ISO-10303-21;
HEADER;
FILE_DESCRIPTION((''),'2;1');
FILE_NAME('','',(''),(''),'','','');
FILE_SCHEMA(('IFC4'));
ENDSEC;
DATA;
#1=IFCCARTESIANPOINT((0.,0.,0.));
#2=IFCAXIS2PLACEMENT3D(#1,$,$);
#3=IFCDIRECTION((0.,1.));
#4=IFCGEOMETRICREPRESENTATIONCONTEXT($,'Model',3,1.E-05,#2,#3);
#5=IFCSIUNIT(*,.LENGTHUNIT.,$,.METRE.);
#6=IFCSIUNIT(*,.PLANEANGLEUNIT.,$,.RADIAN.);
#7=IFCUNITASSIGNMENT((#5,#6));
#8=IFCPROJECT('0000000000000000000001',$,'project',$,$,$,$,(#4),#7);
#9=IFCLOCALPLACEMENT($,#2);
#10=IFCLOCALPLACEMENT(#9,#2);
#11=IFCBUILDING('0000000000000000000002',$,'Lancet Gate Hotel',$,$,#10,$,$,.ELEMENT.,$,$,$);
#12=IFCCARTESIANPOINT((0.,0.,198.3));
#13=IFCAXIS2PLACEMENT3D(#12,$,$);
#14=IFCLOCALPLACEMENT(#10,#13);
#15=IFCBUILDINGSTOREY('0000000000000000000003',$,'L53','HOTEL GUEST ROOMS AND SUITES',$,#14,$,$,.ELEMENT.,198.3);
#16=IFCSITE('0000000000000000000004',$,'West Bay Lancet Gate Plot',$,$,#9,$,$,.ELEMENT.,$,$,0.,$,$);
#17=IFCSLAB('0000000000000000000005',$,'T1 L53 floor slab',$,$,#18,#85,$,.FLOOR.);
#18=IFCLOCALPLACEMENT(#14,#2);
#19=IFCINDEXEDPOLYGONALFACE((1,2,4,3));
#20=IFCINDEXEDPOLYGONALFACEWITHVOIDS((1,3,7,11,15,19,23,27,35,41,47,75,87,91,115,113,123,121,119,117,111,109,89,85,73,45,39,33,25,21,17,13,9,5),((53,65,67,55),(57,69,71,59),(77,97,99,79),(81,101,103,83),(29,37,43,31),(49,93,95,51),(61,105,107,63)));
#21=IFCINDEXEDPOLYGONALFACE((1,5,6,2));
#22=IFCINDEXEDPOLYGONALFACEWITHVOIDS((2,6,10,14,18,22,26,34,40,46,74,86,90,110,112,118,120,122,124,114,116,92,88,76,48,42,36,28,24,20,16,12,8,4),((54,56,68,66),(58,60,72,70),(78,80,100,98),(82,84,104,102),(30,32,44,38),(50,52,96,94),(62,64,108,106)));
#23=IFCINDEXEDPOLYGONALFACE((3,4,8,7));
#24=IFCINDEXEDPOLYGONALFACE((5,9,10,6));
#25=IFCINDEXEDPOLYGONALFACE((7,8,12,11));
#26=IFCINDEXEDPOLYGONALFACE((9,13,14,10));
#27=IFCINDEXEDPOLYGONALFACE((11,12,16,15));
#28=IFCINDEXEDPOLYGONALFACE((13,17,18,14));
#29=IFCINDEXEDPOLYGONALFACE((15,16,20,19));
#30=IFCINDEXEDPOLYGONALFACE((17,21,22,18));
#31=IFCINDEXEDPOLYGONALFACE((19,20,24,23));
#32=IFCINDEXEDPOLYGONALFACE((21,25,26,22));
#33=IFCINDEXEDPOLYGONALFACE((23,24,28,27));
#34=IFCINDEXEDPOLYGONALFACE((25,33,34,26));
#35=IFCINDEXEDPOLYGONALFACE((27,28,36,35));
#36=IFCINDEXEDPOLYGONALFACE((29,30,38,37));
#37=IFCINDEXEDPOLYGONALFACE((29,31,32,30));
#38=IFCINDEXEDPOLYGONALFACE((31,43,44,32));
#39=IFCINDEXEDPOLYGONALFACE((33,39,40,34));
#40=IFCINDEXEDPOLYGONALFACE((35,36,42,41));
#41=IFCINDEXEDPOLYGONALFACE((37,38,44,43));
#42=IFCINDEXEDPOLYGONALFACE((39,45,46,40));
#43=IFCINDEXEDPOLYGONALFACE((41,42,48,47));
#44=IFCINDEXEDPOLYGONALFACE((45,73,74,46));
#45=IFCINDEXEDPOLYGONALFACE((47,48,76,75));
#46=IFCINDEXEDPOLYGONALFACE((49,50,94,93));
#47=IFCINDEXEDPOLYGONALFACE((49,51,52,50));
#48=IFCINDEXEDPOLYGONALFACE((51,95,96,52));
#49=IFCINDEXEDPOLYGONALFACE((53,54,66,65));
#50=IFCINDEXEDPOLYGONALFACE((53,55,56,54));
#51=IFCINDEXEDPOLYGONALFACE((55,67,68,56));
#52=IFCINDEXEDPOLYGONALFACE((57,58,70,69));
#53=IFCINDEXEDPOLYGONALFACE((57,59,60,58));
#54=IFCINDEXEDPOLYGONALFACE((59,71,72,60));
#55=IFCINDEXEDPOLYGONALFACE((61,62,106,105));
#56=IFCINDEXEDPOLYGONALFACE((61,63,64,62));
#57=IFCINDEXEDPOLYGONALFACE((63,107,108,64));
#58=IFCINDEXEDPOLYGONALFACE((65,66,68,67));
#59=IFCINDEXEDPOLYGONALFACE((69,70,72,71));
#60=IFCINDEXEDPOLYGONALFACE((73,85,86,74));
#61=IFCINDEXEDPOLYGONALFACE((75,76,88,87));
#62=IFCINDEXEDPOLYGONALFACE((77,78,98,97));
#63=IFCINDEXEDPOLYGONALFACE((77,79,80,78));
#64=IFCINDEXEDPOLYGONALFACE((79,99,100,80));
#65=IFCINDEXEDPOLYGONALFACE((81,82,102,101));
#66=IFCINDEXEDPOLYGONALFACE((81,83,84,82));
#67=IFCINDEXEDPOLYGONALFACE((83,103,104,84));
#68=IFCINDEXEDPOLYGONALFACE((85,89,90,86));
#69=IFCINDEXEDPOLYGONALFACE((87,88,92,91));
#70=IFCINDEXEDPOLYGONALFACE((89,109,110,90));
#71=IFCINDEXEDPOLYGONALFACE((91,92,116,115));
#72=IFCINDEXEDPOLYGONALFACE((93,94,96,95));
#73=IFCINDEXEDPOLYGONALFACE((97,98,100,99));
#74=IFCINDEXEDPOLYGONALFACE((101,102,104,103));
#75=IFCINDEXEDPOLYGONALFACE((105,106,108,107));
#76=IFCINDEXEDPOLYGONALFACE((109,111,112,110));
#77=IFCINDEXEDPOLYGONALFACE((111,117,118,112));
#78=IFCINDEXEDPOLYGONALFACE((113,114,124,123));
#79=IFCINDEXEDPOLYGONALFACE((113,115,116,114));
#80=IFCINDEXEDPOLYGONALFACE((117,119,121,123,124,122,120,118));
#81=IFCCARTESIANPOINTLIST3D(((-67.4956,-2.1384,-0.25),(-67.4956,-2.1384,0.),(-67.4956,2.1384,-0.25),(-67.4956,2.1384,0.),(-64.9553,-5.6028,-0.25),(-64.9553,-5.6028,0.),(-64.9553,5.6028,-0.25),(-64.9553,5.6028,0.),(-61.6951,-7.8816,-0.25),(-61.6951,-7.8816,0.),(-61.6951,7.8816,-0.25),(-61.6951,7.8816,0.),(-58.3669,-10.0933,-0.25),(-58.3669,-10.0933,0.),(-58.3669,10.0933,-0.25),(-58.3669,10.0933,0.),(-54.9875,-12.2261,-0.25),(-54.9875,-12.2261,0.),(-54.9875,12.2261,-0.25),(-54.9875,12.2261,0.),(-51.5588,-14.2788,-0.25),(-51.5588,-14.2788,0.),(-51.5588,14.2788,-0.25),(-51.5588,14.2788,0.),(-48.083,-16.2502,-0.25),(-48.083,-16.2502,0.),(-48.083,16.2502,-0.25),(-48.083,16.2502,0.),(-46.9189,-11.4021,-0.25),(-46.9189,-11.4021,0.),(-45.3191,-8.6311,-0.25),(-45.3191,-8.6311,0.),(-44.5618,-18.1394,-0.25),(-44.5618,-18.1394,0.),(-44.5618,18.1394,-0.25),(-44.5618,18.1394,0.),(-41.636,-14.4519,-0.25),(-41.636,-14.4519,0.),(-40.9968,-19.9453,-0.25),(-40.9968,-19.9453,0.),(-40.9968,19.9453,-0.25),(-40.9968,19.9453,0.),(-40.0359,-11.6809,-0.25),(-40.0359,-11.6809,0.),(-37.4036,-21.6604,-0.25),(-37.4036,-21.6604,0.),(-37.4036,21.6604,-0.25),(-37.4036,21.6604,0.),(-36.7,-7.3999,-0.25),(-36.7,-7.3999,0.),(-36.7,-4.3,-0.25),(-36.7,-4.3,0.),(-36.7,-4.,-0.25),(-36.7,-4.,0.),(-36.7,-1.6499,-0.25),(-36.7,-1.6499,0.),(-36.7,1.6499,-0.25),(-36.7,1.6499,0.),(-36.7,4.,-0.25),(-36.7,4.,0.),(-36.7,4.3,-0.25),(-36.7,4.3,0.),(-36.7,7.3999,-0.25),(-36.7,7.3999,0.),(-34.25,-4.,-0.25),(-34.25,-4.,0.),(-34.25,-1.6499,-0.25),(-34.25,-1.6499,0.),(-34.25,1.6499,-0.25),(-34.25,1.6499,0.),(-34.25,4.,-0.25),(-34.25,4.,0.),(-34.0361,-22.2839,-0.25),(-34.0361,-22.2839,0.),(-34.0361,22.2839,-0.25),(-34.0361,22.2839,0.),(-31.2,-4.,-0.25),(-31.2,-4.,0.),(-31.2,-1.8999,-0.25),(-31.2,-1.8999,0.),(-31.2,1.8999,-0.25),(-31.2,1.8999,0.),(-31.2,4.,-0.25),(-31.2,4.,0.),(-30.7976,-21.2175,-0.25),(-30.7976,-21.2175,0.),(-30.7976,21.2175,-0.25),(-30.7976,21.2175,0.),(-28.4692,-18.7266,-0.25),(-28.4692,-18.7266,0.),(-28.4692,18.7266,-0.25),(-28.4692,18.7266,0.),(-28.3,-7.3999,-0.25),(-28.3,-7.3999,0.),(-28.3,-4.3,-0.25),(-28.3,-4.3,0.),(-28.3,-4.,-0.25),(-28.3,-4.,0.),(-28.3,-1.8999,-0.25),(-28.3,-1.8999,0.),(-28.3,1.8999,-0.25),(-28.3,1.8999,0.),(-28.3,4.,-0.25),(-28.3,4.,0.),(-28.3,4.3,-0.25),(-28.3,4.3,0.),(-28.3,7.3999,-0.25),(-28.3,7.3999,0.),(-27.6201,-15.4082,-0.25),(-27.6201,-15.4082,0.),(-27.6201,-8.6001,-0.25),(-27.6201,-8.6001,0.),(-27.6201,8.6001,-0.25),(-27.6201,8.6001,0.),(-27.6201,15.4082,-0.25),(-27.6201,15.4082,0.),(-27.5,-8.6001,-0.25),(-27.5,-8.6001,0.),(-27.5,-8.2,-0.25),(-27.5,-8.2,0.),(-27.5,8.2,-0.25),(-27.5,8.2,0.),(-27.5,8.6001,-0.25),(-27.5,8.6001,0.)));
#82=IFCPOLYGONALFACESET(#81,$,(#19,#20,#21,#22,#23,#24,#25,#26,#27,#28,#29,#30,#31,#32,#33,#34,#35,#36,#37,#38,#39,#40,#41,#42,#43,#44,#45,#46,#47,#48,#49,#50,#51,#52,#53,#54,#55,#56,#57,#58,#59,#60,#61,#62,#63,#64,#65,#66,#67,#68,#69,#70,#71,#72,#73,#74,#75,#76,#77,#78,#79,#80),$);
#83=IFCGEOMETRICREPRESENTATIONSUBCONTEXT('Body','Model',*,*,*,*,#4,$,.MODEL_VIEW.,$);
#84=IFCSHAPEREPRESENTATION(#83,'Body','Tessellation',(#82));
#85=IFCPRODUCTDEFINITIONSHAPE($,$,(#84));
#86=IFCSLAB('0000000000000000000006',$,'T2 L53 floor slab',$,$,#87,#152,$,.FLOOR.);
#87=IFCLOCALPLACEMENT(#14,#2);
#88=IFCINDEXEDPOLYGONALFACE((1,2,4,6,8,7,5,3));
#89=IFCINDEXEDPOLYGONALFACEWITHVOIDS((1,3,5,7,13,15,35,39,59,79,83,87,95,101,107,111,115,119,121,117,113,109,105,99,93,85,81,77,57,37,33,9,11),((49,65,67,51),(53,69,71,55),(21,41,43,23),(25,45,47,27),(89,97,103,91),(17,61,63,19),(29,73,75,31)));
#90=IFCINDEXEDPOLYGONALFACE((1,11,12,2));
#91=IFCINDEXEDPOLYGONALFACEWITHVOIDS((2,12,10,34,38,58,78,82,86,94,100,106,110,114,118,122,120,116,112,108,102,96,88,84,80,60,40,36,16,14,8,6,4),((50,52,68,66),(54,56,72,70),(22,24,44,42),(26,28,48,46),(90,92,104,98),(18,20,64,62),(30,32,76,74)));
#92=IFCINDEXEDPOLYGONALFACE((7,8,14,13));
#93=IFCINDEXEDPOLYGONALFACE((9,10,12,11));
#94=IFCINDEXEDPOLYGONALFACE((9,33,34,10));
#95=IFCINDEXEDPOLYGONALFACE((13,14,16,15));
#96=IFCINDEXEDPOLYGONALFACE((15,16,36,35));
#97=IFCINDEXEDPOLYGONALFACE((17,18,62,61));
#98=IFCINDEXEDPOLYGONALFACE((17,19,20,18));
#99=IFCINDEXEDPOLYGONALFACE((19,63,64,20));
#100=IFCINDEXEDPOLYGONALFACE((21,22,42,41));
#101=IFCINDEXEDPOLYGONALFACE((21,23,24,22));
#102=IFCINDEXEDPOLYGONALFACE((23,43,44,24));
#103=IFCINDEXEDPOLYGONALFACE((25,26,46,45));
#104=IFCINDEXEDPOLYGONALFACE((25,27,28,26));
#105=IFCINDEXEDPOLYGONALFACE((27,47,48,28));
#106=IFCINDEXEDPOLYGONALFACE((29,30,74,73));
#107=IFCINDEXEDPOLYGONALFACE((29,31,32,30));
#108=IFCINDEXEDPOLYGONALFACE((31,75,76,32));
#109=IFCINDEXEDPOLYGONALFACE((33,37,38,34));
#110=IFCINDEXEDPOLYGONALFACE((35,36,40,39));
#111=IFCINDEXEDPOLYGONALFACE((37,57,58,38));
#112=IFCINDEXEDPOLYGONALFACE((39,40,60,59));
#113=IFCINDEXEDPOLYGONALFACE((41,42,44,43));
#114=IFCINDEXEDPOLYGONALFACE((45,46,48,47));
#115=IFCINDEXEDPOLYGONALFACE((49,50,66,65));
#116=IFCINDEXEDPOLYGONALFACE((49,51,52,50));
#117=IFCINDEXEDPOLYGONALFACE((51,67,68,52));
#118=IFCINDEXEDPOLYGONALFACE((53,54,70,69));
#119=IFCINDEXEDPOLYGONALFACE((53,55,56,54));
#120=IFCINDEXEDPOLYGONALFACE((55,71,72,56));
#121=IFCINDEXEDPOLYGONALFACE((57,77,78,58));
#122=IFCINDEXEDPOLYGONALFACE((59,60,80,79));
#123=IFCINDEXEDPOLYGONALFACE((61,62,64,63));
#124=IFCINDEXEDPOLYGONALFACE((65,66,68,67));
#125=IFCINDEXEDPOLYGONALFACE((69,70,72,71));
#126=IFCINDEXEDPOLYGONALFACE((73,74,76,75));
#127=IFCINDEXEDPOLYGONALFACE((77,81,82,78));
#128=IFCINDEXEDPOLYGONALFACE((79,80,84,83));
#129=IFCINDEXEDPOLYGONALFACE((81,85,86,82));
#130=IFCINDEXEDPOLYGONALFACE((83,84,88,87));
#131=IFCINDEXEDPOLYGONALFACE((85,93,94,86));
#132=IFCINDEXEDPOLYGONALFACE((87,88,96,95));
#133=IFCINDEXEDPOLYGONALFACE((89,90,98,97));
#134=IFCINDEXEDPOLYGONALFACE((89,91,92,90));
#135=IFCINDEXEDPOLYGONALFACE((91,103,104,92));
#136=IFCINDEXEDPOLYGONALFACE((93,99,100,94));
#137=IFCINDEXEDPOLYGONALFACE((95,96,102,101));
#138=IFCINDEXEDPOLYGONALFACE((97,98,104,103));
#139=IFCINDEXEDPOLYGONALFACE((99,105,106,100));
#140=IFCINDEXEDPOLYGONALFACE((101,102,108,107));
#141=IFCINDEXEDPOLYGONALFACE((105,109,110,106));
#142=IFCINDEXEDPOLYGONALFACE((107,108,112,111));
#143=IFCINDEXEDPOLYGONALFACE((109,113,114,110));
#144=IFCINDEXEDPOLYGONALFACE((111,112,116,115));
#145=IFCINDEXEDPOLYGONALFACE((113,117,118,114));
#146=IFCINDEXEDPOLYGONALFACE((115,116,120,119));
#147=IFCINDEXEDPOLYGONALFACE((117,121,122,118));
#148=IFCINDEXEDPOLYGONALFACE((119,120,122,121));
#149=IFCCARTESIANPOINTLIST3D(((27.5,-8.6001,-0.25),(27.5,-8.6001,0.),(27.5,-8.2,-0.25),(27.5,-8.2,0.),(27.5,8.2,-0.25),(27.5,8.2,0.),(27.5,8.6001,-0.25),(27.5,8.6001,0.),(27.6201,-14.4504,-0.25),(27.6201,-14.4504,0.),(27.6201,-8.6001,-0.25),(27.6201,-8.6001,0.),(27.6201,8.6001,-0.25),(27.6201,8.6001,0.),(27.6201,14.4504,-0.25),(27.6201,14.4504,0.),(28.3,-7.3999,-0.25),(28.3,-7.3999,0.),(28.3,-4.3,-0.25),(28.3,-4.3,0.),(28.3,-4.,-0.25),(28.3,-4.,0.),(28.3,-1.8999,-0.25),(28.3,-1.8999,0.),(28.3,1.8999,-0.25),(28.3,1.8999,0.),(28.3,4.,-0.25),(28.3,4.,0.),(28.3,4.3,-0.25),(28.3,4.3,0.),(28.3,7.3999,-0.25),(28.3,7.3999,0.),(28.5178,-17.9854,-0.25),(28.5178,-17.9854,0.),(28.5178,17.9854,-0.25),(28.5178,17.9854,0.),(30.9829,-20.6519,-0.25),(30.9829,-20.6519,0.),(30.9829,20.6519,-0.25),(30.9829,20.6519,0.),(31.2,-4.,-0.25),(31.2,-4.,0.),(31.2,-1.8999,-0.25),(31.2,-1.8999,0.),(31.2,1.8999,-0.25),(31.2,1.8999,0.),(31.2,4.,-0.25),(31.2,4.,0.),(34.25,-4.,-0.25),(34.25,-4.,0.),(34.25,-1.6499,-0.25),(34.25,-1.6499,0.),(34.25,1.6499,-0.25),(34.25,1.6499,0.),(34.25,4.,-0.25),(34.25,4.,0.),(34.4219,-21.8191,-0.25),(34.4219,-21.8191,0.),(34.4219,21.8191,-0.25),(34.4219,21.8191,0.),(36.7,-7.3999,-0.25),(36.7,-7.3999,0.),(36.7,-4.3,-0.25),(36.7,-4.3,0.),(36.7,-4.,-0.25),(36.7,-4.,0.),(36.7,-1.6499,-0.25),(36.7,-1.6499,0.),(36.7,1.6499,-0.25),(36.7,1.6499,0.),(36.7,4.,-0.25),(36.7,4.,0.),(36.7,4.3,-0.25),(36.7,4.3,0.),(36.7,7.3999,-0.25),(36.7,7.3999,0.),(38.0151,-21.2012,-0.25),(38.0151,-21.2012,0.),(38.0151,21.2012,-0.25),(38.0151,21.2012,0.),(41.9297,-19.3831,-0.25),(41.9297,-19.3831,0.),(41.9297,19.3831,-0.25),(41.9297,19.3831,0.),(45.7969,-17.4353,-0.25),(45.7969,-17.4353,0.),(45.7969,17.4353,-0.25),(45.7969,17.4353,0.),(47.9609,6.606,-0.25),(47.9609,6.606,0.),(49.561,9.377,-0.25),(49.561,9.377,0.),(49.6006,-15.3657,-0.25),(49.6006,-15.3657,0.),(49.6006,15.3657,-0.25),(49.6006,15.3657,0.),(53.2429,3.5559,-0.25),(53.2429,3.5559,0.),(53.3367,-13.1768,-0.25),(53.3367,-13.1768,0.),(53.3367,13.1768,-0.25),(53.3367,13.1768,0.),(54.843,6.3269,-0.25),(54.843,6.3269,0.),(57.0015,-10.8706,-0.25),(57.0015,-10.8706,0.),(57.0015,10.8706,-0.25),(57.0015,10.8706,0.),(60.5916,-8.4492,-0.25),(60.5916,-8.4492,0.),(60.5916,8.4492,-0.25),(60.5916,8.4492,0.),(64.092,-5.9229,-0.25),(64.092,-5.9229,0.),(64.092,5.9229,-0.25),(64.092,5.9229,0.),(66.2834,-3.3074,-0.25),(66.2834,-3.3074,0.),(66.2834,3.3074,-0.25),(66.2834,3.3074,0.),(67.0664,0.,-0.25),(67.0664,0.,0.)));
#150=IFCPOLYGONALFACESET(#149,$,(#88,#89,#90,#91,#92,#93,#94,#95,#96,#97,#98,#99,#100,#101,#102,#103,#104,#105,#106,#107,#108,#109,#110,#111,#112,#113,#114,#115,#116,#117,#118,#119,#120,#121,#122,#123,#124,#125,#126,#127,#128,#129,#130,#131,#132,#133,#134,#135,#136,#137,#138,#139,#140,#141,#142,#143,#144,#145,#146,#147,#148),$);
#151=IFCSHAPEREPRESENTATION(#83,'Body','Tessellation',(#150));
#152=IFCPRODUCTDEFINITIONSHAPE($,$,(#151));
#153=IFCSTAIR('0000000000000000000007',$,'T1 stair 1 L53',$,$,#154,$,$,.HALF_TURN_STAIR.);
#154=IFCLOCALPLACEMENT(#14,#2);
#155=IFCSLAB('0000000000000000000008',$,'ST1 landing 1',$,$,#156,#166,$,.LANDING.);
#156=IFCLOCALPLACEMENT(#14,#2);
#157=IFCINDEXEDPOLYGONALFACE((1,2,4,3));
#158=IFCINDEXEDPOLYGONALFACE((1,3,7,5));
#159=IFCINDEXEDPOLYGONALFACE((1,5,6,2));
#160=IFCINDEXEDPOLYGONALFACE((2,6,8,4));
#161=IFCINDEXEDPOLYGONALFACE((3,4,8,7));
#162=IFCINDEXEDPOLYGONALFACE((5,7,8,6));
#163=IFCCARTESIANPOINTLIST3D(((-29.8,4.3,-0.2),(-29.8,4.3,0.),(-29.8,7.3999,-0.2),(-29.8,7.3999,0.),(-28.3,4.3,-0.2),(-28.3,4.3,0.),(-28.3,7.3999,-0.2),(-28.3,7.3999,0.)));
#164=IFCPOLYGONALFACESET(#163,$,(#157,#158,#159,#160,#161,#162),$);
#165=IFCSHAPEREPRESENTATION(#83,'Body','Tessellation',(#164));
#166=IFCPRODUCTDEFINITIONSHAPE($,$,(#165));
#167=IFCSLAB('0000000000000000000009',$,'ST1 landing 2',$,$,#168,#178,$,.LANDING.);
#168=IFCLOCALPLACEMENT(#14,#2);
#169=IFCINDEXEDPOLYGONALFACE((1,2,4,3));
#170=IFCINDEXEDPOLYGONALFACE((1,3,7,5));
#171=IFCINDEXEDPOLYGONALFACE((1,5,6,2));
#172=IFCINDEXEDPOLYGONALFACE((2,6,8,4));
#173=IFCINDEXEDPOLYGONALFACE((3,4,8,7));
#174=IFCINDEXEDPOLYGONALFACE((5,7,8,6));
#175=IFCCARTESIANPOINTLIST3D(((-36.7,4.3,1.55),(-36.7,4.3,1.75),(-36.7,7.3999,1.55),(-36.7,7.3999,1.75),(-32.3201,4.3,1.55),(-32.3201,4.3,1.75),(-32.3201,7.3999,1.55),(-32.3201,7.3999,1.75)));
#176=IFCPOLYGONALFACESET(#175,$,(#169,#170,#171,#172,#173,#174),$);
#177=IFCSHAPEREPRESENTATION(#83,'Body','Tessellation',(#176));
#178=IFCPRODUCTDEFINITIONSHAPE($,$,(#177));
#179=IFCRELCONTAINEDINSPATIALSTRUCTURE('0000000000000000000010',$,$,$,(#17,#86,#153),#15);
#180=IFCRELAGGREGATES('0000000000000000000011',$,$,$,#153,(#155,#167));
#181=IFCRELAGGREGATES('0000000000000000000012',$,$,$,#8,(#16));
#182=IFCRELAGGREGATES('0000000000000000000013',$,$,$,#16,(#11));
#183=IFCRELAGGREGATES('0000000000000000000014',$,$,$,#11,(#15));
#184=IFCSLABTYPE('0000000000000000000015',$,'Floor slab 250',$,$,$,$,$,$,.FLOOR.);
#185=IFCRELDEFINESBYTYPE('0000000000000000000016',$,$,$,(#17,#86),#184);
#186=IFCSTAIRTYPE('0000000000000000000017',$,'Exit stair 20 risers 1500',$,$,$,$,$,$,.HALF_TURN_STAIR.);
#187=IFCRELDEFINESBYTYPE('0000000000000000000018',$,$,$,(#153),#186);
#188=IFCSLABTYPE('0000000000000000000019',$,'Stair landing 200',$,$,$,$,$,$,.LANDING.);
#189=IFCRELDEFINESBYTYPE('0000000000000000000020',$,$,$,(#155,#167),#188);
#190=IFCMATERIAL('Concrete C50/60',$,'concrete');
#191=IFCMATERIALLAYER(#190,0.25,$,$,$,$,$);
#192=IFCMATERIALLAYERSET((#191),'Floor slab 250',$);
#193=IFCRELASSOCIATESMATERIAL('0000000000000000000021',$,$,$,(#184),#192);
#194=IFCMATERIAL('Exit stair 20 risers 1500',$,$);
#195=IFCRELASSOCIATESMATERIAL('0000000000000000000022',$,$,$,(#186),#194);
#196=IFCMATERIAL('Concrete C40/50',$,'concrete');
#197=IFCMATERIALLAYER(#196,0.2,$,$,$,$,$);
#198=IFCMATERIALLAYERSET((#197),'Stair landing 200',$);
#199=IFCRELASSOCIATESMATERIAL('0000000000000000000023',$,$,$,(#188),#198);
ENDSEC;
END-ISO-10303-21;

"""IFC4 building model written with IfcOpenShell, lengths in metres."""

from ifc_helpers import new_model, si_unit, direction, frame, origin, place, context, subcontext, project, spatial, polyline, outline, extrude, material, layer, layer_set, type_object, element, aggregate, save


model = new_model("IFC4")

# Units and contexts
model_context = context("Model", 3, precision=1e-05, world=origin(), true_north=direction((0.0, 1.0)))
body_context = subcontext(model_context, "Body", "Model", "MODEL_VIEW")
ifc_project = project(units=[si_unit("LENGTHUNIT", "METRE"), si_unit("PLANEANGLEUNIT", "RADIAN")], contexts=[model_context])

# Site, building, storey
site_placement = place(None, origin())
site = spatial("IfcSite", under=ifc_project, at=site_placement, Name="West Bay Lancet Gate Plot", CompositionType="ELEMENT", RefElevation=0.0)
building_placement = place(site_placement, origin())
building = spatial("IfcBuilding", under=site, at=building_placement, Name="Lancet Gate Hotel", CompositionType="ELEMENT")
storey_placement = place(building_placement, frame((0.0, 0.0, 198.3)))
storey = spatial("IfcBuildingStorey", under=building, at=storey_placement, Name="L53", Description="HOTEL GUEST ROOMS AND SUITES", CompositionType="ELEMENT", Elevation=198.3)

# Slabs
ifc_material_1 = material(Name="Concrete C50/60", Category="concrete")
ifc_layer_1 = layer(ifc_material_1, 0.25)
ifc_layer_set_1 = layer_set([ifc_layer_1], Name="Floor slab 250")
slab_type_1 = type_object("IfcSlabType", Name="Floor slab 250", PredefinedType="FLOOR", material=ifc_layer_set_1)
slab_1_placement = place(storey_placement, frame((0.0, 0.0, -0.25)))
element("IfcSlab", 1, at=slab_1_placement, inside=storey, type_object=slab_type_1, Name="T1 L53 floor slab", PredefinedType="FLOOR", context=body_context, shape_type="SweptSolid", body=[
    extrude(outline(polyline([(-27.5, 8.6001), (-27.6201, 8.6001), (-27.6201, 15.4082), (-28.4692, 18.7266), (-30.7976, 21.2175), (-34.0361, 22.2839), (-37.4036, 21.6604), (-40.9968, 19.9453), (-44.5618, 18.1394), (-48.083, 16.2502), (-51.5588, 14.2788), (-54.9875, 12.2261), (-58.3669, 10.0933), (-61.6951, 7.8816), (-64.9553, 5.6028), (-67.4956, 2.1384), (-67.4956, -2.1384), (-64.9553, -5.6028), (-61.6951, -7.8816), (-58.3669, -10.0933), (-54.9875, -12.2261), (-51.5588, -14.2788), (-48.083, -16.2502), (-44.5618, -18.1394), (-40.9968, -19.9453), (-37.4036, -21.6604), (-34.0361, -22.2839), (-30.7976, -21.2175), (-28.4692, -18.7266), (-27.6201, -15.4082), (-27.6201, -8.6001), (-27.5, -8.6001), (-27.5, -8.2), (-27.5, 8.2), (-27.5, 8.6001)]), holes=[polyline([(-36.7, 7.3999), (-36.7, 4.3), (-28.3, 4.3), (-28.3, 7.3999), (-36.7, 7.3999)]), polyline([(-28.3, 4.0), (-31.2, 4.0), (-31.2, 1.8999), (-28.3, 1.8999), (-28.3, 4.0)]), polyline([(-34.25, 4.0), (-36.7, 4.0), (-36.7, 1.6499), (-34.25, 1.6499), (-34.25, 4.0)]), polyline([(-36.7, -1.6499), (-36.7, -4.0), (-34.25, -4.0), (-34.25, -1.6499), (-36.7, -1.6499)]), polyline([(-28.3, -1.8999), (-31.2, -1.8999), (-31.2, -4.0), (-28.3, -4.0), (-28.3, -1.8999)]), polyline([(-28.3, -4.3), (-36.7, -4.3), (-36.7, -7.3999), (-28.3, -7.3999), (-28.3, -4.3)]), polyline([(-45.3191, -8.6311), (-46.9189, -11.4021), (-41.636, -14.4519), (-40.0359, -11.6809), (-45.3191, -8.6311)])]), origin(), (0.0, 0.0, 1.0), 0.25),
])
slab_2_placement = place(storey_placement, frame((0.0, 0.0, -0.25)))
element("IfcSlab", 2, at=slab_2_placement, inside=storey, type_object=slab_type_1, Name="T2 L53 floor slab", PredefinedType="FLOOR", context=body_context, shape_type="SweptSolid", body=[
    extrude(outline(polyline([(27.5, -8.6001), (27.6201, -8.6001), (27.6201, -14.4504), (28.5178, -17.9854), (30.9829, -20.6519), (34.4219, -21.8191), (38.0151, -21.2012), (41.9297, -19.3831), (45.7969, -17.4353), (49.6006, -15.3657), (53.3367, -13.1768), (57.0015, -10.8706), (60.5916, -8.4492), (64.092, -5.9229), (66.2834, -3.3074), (67.0664, 0.0), (66.2834, 3.3074), (64.092, 5.9229), (60.5916, 8.4492), (57.0015, 10.8706), (53.3367, 13.1768), (49.6006, 15.3657), (45.7969, 17.4353), (41.9297, 19.3831), (38.0151, 21.2012), (34.4219, 21.8191), (30.9829, 20.6519), (28.5178, 17.9854), (27.6201, 14.4504), (27.6201, 8.6001), (27.5, 8.6001), (27.5, 8.2), (27.5, -8.2), (27.5, -8.6001)]), holes=[polyline([(36.7, -7.3999), (36.7, -4.3), (28.3, -4.3), (28.3, -7.3999), (36.7, -7.3999)]), polyline([(28.3, -4.0), (31.2, -4.0), (31.2, -1.8999), (28.3, -1.8999), (28.3, -4.0)]), polyline([(34.25, -4.0), (36.7, -4.0), (36.7, -1.6499), (34.25, -1.6499), (34.25, -4.0)]), polyline([(36.7, 1.6499), (36.7, 4.0), (34.25, 4.0), (34.25, 1.6499), (36.7, 1.6499)]), polyline([(28.3, 1.8999), (31.2, 1.8999), (31.2, 4.0), (28.3, 4.0), (28.3, 1.8999)]), polyline([(28.3, 4.3), (36.7, 4.3), (36.7, 7.3999), (28.3, 7.3999), (28.3, 4.3)]), polyline([(53.2429, 3.5559), (54.843, 6.3269), (49.561, 9.377), (47.9609, 6.606), (53.2429, 3.5559)])]), origin(), (0.0, 0.0, 1.0), 0.25),
])

# Stair, slabs
ifc_material_2 = material(Name="Exit stair 20 risers 1500")
stair_type = type_object("IfcStairType", Name="Exit stair 20 risers 1500", PredefinedType="HALF_TURN_STAIR", material=ifc_material_2)
stair_placement = place(storey_placement, origin())
stair = element("IfcStair", 3, at=stair_placement, inside=storey, type_object=stair_type, Name="T1 stair 1 L53", PredefinedType="HALF_TURN_STAIR")
ifc_material_3 = material(Name="Concrete C40/50", Category="concrete")
ifc_layer_2 = layer(ifc_material_3, 0.2)
ifc_layer_set_2 = layer_set([ifc_layer_2], Name="Stair landing 200")
slab_type_2 = type_object("IfcSlabType", Name="Stair landing 200", PredefinedType="LANDING", material=ifc_layer_set_2)
slab_3_placement = place(storey_placement, frame((0.0, 0.0, -0.2)))
slab_3 = element("IfcSlab", 4, at=slab_3_placement, type_object=slab_type_2, Name="ST1 landing 1", PredefinedType="LANDING", context=body_context, shape_type="SweptSolid", body=[
    extrude(outline(polyline([(-28.3, 7.3999), (-29.8, 7.3999), (-29.8, 4.3), (-28.3, 4.3), (-28.3, 7.3999)])), origin(), (0.0, 0.0, 1.0), 0.2),
])
slab_4_placement = place(storey_placement, frame((0.0, 0.0, 1.55)))
slab_4 = element("IfcSlab", 5, at=slab_4_placement, type_object=slab_type_2, Name="ST1 landing 2", PredefinedType="LANDING", context=body_context, shape_type="SweptSolid", body=[
    extrude(outline(polyline([(-32.3201, 7.3999), (-36.7, 7.3999), (-36.7, 4.3), (-32.3201, 4.3), (-32.3201, 7.3999)])), origin(), (0.0, 0.0, 1.0), 0.2),
])
aggregate(stair, [slab_3, slab_4])

save(model, "model.ifc")
